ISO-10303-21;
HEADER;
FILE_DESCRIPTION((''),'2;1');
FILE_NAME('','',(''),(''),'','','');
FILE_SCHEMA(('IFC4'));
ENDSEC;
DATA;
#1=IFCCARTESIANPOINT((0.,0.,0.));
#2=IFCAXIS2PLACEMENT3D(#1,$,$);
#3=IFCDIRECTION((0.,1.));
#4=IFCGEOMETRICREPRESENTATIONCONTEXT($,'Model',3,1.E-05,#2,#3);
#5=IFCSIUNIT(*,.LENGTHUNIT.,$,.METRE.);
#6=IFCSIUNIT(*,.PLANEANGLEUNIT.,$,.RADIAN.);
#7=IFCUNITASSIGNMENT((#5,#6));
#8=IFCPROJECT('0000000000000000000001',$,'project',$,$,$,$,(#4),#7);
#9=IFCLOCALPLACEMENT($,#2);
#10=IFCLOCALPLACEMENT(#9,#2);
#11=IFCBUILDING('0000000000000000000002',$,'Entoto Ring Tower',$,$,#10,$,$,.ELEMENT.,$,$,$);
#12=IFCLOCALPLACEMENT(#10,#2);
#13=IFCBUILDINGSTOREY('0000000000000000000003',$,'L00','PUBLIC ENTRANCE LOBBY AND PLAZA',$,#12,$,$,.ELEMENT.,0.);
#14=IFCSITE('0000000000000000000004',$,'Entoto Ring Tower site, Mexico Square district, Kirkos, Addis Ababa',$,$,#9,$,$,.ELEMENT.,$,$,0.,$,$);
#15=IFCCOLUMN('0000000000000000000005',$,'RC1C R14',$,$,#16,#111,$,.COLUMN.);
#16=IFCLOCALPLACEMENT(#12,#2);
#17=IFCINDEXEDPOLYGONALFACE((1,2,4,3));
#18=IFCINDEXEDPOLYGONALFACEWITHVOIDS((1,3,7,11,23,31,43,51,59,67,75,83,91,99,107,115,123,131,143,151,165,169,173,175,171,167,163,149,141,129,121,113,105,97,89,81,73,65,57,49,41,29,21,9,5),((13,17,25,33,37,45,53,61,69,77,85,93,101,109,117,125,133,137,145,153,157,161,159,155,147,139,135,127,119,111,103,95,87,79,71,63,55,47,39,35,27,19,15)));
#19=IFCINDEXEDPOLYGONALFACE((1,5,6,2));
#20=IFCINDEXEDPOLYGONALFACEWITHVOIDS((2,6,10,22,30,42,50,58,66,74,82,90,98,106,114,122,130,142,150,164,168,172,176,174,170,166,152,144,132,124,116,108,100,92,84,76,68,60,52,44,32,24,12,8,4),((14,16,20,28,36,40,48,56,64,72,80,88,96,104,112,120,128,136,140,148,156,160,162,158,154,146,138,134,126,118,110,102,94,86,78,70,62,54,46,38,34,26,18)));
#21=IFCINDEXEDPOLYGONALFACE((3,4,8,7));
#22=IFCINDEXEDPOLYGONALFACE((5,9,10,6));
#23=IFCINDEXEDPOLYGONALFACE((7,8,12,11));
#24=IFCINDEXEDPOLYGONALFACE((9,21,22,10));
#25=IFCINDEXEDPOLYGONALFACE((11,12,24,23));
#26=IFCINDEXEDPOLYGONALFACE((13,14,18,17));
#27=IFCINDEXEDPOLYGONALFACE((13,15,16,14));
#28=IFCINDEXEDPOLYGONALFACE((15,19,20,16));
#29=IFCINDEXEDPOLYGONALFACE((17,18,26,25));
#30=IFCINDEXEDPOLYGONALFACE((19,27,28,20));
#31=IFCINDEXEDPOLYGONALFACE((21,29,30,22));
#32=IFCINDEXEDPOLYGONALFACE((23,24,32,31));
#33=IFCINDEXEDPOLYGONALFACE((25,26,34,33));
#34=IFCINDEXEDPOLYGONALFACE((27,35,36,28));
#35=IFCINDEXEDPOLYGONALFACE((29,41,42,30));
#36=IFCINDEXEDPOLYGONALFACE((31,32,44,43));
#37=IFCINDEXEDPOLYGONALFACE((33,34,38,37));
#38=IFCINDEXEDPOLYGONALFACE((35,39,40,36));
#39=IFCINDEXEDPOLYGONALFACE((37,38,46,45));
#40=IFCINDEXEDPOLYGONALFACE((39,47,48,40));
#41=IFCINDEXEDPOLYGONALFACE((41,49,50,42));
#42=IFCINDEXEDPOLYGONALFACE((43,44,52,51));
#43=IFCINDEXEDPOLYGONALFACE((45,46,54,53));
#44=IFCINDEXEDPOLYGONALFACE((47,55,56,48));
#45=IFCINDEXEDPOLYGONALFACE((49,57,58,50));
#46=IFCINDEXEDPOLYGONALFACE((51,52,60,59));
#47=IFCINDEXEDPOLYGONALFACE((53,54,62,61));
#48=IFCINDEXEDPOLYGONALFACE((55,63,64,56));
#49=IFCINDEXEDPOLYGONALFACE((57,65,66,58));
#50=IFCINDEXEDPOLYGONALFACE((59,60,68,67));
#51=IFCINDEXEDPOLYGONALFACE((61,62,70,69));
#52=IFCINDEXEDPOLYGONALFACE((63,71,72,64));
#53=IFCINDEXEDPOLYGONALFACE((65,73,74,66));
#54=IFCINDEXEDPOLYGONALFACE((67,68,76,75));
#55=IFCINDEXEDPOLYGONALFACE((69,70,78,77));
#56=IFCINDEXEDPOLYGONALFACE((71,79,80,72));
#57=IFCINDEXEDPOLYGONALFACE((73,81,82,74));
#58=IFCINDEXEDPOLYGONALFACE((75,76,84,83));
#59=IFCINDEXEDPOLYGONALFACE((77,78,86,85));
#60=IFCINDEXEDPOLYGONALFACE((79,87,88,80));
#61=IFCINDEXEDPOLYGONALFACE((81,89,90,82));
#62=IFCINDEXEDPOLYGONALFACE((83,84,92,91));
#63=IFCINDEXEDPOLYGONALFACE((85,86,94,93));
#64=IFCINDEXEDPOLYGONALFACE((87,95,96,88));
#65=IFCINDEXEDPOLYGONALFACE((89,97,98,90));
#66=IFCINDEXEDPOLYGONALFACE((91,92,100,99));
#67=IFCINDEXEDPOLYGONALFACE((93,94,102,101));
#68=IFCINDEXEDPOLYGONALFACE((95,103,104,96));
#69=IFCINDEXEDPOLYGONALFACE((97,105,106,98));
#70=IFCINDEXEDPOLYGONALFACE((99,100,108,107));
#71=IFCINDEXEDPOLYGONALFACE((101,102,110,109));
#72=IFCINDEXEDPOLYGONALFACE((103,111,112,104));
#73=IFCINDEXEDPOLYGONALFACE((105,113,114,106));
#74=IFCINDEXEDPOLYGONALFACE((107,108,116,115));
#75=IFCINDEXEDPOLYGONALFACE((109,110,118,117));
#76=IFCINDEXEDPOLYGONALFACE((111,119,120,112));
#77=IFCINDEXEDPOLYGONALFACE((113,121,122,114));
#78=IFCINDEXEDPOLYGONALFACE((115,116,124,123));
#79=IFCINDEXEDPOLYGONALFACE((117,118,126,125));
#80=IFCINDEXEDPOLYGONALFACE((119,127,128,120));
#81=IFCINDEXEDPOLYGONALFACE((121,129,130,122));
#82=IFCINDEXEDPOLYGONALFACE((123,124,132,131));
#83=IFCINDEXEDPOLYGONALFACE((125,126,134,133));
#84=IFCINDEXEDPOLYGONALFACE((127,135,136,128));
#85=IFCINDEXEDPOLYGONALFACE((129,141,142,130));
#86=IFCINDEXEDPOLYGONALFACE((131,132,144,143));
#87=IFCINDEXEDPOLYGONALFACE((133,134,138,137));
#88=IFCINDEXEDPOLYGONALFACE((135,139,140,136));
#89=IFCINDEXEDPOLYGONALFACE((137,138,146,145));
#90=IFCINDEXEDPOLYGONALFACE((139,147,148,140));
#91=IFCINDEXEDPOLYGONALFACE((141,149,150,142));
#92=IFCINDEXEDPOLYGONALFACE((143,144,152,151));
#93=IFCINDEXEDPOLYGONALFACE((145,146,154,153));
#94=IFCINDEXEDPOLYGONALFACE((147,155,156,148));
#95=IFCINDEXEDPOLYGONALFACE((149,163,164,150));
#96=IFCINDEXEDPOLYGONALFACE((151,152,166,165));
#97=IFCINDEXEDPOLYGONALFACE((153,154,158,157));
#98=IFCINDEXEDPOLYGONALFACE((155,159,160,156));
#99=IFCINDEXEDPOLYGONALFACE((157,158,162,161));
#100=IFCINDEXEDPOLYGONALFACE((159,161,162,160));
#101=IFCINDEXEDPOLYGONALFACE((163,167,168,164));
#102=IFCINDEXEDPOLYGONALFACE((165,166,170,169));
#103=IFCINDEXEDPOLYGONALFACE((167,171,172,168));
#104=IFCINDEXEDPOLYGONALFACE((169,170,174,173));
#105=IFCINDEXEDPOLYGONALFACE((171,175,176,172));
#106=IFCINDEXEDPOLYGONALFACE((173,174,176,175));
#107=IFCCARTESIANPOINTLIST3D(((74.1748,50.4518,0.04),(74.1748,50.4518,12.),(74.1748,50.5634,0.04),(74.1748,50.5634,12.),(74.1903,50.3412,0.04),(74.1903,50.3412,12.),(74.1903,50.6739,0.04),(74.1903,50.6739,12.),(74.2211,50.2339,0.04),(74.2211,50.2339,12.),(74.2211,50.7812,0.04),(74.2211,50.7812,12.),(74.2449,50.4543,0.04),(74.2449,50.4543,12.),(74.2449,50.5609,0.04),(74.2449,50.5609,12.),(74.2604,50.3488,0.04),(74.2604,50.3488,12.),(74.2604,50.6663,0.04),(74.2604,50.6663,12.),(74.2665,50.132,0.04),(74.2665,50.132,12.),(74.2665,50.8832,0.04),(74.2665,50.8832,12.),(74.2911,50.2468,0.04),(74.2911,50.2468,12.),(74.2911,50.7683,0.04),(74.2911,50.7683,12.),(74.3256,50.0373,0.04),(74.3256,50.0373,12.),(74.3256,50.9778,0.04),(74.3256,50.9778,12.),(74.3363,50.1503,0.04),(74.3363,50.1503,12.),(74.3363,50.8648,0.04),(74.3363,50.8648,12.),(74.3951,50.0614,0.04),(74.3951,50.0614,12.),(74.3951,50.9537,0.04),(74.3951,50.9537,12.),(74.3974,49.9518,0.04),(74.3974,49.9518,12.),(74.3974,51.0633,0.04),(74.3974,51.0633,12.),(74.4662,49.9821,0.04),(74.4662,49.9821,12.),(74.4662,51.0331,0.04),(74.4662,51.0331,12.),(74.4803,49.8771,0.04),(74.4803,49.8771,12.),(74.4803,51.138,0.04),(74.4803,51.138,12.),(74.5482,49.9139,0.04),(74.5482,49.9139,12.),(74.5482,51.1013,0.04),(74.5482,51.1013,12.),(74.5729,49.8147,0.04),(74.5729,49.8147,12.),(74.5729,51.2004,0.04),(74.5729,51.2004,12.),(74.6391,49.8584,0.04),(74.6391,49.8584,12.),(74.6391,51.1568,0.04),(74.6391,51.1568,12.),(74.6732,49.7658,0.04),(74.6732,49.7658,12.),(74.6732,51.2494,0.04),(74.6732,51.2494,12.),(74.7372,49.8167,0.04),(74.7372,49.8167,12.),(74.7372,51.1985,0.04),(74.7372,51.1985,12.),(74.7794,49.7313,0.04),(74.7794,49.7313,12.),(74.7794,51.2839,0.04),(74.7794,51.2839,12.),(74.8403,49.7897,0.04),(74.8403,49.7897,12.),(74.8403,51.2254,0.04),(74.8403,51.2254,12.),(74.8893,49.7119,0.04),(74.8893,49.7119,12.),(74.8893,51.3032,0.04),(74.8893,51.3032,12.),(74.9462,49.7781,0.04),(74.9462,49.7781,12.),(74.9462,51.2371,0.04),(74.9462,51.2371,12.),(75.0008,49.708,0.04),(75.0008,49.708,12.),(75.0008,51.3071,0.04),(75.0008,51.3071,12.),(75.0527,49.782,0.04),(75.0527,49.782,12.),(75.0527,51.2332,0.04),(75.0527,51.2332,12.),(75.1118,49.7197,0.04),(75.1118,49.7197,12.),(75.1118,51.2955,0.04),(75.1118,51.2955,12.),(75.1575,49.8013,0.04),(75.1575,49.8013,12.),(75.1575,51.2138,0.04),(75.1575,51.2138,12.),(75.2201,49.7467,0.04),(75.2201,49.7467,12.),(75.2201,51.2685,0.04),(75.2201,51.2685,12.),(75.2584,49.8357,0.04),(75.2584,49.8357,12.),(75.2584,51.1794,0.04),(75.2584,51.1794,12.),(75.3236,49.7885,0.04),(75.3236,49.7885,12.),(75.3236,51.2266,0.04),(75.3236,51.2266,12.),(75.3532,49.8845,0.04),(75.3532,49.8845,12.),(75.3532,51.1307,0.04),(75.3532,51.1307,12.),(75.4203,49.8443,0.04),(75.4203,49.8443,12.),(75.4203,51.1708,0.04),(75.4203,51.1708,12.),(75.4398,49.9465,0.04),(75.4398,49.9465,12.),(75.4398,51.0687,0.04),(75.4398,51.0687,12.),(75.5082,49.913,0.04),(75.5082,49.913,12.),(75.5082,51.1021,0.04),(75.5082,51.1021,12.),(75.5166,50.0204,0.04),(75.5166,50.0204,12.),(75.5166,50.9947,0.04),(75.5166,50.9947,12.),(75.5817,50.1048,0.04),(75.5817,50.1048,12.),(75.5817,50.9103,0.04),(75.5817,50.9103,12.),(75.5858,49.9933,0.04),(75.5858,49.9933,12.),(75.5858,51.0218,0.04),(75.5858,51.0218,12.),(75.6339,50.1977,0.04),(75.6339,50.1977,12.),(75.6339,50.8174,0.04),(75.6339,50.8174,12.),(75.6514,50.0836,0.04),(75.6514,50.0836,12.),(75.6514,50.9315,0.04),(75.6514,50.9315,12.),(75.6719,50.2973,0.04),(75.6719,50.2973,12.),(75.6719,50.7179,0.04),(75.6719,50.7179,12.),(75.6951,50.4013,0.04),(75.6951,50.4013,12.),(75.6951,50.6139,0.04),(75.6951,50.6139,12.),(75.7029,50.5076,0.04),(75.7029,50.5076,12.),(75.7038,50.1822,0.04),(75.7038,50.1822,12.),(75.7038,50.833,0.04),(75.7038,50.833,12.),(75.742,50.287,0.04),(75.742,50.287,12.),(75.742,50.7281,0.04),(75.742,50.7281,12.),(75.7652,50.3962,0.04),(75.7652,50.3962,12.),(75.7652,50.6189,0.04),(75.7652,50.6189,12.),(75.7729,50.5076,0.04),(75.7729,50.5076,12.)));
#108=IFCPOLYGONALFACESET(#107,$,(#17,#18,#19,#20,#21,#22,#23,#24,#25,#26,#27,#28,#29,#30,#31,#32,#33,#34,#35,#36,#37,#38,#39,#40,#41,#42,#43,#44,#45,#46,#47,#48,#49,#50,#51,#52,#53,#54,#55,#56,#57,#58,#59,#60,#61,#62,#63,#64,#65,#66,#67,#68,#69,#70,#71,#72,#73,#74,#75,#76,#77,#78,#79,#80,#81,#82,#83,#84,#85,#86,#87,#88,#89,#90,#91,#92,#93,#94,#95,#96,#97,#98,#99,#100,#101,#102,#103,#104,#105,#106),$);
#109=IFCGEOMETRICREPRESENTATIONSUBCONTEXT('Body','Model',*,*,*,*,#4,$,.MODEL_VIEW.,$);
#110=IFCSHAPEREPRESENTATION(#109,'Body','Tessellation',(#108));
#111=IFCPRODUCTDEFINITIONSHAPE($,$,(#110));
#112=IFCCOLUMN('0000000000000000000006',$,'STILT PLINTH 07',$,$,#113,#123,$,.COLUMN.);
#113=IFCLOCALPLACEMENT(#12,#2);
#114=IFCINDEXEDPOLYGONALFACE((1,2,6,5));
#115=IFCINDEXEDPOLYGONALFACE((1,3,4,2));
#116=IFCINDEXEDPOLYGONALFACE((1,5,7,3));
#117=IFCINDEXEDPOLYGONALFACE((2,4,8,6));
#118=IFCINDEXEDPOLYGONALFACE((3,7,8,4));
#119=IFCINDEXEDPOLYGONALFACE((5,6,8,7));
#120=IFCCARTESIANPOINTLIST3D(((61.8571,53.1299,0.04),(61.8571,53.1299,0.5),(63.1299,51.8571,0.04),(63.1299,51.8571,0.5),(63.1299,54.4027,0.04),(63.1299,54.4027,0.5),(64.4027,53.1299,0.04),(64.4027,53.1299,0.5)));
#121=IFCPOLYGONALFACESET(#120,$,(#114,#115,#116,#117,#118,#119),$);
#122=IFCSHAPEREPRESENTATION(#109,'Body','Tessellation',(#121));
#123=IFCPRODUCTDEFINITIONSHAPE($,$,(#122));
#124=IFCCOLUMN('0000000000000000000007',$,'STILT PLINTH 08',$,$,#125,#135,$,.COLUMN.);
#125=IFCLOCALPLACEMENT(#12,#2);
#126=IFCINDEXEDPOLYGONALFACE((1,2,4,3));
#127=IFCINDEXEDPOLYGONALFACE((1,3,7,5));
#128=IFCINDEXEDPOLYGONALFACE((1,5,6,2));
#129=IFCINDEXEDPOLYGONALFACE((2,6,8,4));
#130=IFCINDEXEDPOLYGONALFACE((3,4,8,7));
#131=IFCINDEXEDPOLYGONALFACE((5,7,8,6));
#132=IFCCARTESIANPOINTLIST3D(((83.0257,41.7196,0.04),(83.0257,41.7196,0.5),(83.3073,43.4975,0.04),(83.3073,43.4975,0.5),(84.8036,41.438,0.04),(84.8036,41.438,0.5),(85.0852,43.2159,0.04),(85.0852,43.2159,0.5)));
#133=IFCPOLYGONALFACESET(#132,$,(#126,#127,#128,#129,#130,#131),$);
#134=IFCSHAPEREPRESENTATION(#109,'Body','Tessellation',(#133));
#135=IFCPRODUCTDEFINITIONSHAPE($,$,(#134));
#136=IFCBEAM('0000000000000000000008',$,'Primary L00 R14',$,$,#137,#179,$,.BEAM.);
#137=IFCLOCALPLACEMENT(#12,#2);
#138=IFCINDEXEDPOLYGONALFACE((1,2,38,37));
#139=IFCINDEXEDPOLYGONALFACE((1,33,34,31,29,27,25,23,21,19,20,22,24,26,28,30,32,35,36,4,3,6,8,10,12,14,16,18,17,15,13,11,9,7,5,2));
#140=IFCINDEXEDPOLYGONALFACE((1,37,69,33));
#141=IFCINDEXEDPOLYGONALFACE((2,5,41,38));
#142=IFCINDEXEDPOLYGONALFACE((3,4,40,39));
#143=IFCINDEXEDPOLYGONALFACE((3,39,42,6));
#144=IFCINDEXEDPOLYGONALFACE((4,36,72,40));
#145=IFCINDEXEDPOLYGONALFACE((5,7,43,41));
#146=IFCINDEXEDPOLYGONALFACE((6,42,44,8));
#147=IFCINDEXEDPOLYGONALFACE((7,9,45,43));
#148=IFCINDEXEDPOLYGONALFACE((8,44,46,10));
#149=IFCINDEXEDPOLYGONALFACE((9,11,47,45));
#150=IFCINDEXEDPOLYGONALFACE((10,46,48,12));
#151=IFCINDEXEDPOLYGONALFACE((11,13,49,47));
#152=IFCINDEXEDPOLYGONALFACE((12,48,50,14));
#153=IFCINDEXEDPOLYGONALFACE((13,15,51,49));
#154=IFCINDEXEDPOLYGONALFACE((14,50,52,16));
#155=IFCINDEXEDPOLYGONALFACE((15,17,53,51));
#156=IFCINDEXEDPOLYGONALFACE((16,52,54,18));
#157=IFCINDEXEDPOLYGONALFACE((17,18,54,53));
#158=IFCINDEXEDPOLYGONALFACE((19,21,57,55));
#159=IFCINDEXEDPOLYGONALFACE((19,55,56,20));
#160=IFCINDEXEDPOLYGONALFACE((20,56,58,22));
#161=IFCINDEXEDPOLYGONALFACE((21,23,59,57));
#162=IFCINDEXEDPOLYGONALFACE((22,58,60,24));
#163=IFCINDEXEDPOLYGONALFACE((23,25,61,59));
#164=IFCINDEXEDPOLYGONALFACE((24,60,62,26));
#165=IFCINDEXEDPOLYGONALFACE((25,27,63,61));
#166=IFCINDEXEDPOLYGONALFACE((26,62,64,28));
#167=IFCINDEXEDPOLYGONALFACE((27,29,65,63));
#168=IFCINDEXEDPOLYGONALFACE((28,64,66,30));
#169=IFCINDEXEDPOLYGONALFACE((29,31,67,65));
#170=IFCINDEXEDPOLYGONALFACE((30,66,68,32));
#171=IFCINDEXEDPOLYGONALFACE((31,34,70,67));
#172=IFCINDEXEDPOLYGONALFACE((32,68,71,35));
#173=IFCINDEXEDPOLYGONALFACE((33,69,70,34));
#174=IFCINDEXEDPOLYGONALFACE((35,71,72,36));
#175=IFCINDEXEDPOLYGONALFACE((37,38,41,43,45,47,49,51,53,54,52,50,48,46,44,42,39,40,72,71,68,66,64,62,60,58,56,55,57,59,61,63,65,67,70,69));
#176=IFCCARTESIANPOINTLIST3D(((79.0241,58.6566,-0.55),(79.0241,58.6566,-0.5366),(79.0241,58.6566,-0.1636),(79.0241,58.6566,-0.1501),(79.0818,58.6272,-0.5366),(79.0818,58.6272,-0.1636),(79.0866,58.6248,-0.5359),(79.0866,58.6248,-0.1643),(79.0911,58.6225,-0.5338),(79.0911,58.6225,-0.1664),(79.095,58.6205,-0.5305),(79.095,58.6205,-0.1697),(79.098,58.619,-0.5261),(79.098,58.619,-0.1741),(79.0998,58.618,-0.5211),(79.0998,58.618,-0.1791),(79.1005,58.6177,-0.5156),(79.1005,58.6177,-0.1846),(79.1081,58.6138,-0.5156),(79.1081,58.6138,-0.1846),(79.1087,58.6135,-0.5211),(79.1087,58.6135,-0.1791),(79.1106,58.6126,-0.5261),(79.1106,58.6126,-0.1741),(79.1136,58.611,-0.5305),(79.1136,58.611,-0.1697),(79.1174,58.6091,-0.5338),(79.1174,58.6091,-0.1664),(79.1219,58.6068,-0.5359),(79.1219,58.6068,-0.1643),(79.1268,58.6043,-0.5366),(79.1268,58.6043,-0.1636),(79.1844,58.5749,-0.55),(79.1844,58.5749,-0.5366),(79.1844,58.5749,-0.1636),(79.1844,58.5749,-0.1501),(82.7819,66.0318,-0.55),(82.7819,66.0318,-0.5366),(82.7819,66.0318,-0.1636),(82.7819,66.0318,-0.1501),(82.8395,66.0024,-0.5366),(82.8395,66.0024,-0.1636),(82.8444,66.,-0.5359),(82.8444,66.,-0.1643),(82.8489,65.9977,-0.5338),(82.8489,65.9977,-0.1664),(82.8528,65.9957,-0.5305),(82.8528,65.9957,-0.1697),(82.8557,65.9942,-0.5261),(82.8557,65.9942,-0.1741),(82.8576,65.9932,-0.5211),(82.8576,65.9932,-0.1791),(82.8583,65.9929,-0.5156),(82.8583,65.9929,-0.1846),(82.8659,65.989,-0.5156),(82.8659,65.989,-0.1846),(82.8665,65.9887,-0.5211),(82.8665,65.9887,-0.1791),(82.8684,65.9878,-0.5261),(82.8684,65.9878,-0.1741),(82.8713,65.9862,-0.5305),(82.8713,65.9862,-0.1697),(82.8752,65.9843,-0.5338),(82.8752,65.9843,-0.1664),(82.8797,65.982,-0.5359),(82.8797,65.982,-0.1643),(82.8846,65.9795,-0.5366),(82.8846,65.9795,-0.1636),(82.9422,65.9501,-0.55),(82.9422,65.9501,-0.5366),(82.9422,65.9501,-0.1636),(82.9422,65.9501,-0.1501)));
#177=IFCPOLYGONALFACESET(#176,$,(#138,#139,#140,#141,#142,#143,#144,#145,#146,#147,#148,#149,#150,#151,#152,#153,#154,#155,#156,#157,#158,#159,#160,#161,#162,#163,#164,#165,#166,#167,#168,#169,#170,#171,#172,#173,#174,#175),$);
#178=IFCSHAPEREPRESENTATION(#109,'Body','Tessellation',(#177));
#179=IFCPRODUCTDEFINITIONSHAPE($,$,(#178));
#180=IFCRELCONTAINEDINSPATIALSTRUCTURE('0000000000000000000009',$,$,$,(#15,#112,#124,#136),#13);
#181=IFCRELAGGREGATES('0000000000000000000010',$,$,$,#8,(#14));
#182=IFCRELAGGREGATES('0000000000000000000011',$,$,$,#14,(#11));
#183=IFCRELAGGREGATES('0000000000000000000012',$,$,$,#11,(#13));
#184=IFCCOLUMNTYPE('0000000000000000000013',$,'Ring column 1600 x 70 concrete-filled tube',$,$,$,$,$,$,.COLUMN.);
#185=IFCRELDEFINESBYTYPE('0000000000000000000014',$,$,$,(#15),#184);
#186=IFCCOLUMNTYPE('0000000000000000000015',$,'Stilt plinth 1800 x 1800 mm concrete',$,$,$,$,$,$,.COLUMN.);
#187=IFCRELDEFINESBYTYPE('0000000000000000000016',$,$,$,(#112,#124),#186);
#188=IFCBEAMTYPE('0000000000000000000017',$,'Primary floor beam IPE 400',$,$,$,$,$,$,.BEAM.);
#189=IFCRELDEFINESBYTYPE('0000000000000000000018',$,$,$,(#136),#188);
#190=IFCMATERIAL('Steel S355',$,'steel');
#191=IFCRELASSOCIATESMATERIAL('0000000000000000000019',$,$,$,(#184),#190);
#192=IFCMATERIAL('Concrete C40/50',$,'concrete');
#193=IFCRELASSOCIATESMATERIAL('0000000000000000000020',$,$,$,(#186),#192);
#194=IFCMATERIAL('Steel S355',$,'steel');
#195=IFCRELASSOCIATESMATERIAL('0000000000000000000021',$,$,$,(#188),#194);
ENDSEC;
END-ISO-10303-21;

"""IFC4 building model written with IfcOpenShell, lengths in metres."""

from ifc_helpers import new_model, si_unit, direction, frame, origin, origin_2d, place, context, subcontext, project, spatial, rectangle, circle, hollow_circle, i_section, extrude, material, material_profile, profile_set, type_object, element, save


model = new_model("IFC4")

# Units and contexts
model_context = context("Model", 3, precision=1e-05, world=origin(), true_north=direction((0.0, 1.0)))
body_context = subcontext(model_context, "Body", "Model", "MODEL_VIEW")
ifc_project = project(units=[si_unit("LENGTHUNIT", "METRE"), si_unit("PLANEANGLEUNIT", "RADIAN")], contexts=[model_context])

# Site, building, storey
site_placement = place(None, origin())
site = spatial("IfcSite", under=ifc_project, at=site_placement, Name="Entoto Ring Tower site, Mexico Square district, Kirkos, Addis Ababa", CompositionType="ELEMENT", RefElevation=0.0)
building_placement = place(site_placement, origin())
building = spatial("IfcBuilding", under=site, at=building_placement, Name="Entoto Ring Tower", CompositionType="ELEMENT")
storey_placement = place(building_placement, origin())
storey = spatial("IfcBuildingStorey", under=building, at=storey_placement, Name="L00", Description="PUBLIC ENTRANCE LOBBY AND PLAZA", CompositionType="ELEMENT", Elevation=0.0)

# Columns
ifc_material_1 = material(Name="Steel S355", Category="steel")
ifc_material_profile_1 = material_profile(ifc_material_1, hollow_circle(Radius=0.8, WallThickness=0.0701, at=origin_2d()), Name="CHS 1600 x 70")
ifc_material_2 = material(Name="Concrete C60/75", Category="concrete")
ifc_material_profile_2 = material_profile(ifc_material_2, circle(Radius=0.73, at=origin_2d()), Name="Concrete C60/75 infill")
ifc_profile_set_1 = profile_set([ifc_material_profile_1, ifc_material_profile_2], Name="Steel S355")
column_type_1 = type_object("IfcColumnType", Name="Ring column 1600 x 70 concrete-filled tube", PredefinedType="COLUMN", material=ifc_profile_set_1)
for number, where, z_axis, x_axis, name in (
    (1, (74.9729, 50.5076, 0.04), (0.0, 0.0, 1.0), (1.0, 0.0, 0.0), "RC1C R14"),
):
    element("IfcColumn", number, at=place(storey_placement, frame(where, z_axis=z_axis, x_axis=x_axis)), inside=storey, type_object=column_type_1, Name=name, PredefinedType="COLUMN", context=body_context, shape_type="SweptSolid", body=[
        extrude(hollow_circle(Radius=0.8, WallThickness=0.0701, at=origin_2d()), origin(), (0.0, 0.0, 1.0), 11.96),
    ])
ifc_material_3 = material(Name="Concrete C40/50", Category="concrete")
ifc_material_profile_3 = material_profile(ifc_material_3, rectangle(XDim=1.8, YDim=1.8, at=origin_2d()), Name="Stilt plinth 1800 x 1800 mm concrete")
ifc_profile_set_2 = profile_set([ifc_material_profile_3], Name="Concrete C40/50")
column_type_2 = type_object("IfcColumnType", Name="Stilt plinth 1800 x 1800 mm concrete", PredefinedType="COLUMN", material=ifc_profile_set_2)
for number, where, z_axis, x_axis, name in (
    (2, (63.1299, 53.1299, 0.04), (0.0, 0.0, 1.0), (0.707107, -0.707107, 0.0), "STILT PLINTH 07"),
    (3, (84.0554, 42.4678, 0.04), (0.0, 0.0, 1.0), (0.987688, -0.156434, 0.0), "STILT PLINTH 08"),
):
    element("IfcColumn", number, at=place(storey_placement, frame(where, z_axis=z_axis, x_axis=x_axis)), inside=storey, type_object=column_type_2, Name=name, PredefinedType="COLUMN", context=body_context, shape_type="SweptSolid", body=[
        extrude(rectangle(XDim=1.8, YDim=1.8, at=origin_2d()), origin(), (0.0, 0.0, 1.0), 0.46),
    ])

# Beam
ifc_material_4 = material(Name="Steel S355", Category="steel")
ifc_material_profile_4 = material_profile(ifc_material_4, i_section(OverallWidth=0.1799, OverallDepth=0.3999, WebThickness=0.0085, FlangeThickness=0.0134, FilletRadius=0.021, at=origin_2d()), Name="IPE 400")
ifc_profile_set_3 = profile_set([ifc_material_profile_4], Name="Steel S355")
beam_type_1 = type_object("IfcBeamType", Name="Primary floor beam IPE 400", PredefinedType="BEAM", material=ifc_profile_set_3)
beam_1_placement = place(storey_placement, frame((82.8621, 65.991, -0.3501), z_axis=(-0.453985, -0.89101, 0.0), x_axis=(0.89101, -0.453985, 0.0)))
element("IfcBeam", 4, at=beam_1_placement, inside=storey, type_object=beam_type_1, Name="Primary L00 R14", PredefinedType="BEAM", context=body_context, shape_type="SweptSolid", body=[
    extrude(i_section(OverallWidth=0.1799, OverallDepth=0.3999, WebThickness=0.0085, FlangeThickness=0.0134, FilletRadius=0.021, at=origin_2d()), origin(), (0.0, 0.0, 1.0), 8.2773),
])

save(model, "model.ifc")
